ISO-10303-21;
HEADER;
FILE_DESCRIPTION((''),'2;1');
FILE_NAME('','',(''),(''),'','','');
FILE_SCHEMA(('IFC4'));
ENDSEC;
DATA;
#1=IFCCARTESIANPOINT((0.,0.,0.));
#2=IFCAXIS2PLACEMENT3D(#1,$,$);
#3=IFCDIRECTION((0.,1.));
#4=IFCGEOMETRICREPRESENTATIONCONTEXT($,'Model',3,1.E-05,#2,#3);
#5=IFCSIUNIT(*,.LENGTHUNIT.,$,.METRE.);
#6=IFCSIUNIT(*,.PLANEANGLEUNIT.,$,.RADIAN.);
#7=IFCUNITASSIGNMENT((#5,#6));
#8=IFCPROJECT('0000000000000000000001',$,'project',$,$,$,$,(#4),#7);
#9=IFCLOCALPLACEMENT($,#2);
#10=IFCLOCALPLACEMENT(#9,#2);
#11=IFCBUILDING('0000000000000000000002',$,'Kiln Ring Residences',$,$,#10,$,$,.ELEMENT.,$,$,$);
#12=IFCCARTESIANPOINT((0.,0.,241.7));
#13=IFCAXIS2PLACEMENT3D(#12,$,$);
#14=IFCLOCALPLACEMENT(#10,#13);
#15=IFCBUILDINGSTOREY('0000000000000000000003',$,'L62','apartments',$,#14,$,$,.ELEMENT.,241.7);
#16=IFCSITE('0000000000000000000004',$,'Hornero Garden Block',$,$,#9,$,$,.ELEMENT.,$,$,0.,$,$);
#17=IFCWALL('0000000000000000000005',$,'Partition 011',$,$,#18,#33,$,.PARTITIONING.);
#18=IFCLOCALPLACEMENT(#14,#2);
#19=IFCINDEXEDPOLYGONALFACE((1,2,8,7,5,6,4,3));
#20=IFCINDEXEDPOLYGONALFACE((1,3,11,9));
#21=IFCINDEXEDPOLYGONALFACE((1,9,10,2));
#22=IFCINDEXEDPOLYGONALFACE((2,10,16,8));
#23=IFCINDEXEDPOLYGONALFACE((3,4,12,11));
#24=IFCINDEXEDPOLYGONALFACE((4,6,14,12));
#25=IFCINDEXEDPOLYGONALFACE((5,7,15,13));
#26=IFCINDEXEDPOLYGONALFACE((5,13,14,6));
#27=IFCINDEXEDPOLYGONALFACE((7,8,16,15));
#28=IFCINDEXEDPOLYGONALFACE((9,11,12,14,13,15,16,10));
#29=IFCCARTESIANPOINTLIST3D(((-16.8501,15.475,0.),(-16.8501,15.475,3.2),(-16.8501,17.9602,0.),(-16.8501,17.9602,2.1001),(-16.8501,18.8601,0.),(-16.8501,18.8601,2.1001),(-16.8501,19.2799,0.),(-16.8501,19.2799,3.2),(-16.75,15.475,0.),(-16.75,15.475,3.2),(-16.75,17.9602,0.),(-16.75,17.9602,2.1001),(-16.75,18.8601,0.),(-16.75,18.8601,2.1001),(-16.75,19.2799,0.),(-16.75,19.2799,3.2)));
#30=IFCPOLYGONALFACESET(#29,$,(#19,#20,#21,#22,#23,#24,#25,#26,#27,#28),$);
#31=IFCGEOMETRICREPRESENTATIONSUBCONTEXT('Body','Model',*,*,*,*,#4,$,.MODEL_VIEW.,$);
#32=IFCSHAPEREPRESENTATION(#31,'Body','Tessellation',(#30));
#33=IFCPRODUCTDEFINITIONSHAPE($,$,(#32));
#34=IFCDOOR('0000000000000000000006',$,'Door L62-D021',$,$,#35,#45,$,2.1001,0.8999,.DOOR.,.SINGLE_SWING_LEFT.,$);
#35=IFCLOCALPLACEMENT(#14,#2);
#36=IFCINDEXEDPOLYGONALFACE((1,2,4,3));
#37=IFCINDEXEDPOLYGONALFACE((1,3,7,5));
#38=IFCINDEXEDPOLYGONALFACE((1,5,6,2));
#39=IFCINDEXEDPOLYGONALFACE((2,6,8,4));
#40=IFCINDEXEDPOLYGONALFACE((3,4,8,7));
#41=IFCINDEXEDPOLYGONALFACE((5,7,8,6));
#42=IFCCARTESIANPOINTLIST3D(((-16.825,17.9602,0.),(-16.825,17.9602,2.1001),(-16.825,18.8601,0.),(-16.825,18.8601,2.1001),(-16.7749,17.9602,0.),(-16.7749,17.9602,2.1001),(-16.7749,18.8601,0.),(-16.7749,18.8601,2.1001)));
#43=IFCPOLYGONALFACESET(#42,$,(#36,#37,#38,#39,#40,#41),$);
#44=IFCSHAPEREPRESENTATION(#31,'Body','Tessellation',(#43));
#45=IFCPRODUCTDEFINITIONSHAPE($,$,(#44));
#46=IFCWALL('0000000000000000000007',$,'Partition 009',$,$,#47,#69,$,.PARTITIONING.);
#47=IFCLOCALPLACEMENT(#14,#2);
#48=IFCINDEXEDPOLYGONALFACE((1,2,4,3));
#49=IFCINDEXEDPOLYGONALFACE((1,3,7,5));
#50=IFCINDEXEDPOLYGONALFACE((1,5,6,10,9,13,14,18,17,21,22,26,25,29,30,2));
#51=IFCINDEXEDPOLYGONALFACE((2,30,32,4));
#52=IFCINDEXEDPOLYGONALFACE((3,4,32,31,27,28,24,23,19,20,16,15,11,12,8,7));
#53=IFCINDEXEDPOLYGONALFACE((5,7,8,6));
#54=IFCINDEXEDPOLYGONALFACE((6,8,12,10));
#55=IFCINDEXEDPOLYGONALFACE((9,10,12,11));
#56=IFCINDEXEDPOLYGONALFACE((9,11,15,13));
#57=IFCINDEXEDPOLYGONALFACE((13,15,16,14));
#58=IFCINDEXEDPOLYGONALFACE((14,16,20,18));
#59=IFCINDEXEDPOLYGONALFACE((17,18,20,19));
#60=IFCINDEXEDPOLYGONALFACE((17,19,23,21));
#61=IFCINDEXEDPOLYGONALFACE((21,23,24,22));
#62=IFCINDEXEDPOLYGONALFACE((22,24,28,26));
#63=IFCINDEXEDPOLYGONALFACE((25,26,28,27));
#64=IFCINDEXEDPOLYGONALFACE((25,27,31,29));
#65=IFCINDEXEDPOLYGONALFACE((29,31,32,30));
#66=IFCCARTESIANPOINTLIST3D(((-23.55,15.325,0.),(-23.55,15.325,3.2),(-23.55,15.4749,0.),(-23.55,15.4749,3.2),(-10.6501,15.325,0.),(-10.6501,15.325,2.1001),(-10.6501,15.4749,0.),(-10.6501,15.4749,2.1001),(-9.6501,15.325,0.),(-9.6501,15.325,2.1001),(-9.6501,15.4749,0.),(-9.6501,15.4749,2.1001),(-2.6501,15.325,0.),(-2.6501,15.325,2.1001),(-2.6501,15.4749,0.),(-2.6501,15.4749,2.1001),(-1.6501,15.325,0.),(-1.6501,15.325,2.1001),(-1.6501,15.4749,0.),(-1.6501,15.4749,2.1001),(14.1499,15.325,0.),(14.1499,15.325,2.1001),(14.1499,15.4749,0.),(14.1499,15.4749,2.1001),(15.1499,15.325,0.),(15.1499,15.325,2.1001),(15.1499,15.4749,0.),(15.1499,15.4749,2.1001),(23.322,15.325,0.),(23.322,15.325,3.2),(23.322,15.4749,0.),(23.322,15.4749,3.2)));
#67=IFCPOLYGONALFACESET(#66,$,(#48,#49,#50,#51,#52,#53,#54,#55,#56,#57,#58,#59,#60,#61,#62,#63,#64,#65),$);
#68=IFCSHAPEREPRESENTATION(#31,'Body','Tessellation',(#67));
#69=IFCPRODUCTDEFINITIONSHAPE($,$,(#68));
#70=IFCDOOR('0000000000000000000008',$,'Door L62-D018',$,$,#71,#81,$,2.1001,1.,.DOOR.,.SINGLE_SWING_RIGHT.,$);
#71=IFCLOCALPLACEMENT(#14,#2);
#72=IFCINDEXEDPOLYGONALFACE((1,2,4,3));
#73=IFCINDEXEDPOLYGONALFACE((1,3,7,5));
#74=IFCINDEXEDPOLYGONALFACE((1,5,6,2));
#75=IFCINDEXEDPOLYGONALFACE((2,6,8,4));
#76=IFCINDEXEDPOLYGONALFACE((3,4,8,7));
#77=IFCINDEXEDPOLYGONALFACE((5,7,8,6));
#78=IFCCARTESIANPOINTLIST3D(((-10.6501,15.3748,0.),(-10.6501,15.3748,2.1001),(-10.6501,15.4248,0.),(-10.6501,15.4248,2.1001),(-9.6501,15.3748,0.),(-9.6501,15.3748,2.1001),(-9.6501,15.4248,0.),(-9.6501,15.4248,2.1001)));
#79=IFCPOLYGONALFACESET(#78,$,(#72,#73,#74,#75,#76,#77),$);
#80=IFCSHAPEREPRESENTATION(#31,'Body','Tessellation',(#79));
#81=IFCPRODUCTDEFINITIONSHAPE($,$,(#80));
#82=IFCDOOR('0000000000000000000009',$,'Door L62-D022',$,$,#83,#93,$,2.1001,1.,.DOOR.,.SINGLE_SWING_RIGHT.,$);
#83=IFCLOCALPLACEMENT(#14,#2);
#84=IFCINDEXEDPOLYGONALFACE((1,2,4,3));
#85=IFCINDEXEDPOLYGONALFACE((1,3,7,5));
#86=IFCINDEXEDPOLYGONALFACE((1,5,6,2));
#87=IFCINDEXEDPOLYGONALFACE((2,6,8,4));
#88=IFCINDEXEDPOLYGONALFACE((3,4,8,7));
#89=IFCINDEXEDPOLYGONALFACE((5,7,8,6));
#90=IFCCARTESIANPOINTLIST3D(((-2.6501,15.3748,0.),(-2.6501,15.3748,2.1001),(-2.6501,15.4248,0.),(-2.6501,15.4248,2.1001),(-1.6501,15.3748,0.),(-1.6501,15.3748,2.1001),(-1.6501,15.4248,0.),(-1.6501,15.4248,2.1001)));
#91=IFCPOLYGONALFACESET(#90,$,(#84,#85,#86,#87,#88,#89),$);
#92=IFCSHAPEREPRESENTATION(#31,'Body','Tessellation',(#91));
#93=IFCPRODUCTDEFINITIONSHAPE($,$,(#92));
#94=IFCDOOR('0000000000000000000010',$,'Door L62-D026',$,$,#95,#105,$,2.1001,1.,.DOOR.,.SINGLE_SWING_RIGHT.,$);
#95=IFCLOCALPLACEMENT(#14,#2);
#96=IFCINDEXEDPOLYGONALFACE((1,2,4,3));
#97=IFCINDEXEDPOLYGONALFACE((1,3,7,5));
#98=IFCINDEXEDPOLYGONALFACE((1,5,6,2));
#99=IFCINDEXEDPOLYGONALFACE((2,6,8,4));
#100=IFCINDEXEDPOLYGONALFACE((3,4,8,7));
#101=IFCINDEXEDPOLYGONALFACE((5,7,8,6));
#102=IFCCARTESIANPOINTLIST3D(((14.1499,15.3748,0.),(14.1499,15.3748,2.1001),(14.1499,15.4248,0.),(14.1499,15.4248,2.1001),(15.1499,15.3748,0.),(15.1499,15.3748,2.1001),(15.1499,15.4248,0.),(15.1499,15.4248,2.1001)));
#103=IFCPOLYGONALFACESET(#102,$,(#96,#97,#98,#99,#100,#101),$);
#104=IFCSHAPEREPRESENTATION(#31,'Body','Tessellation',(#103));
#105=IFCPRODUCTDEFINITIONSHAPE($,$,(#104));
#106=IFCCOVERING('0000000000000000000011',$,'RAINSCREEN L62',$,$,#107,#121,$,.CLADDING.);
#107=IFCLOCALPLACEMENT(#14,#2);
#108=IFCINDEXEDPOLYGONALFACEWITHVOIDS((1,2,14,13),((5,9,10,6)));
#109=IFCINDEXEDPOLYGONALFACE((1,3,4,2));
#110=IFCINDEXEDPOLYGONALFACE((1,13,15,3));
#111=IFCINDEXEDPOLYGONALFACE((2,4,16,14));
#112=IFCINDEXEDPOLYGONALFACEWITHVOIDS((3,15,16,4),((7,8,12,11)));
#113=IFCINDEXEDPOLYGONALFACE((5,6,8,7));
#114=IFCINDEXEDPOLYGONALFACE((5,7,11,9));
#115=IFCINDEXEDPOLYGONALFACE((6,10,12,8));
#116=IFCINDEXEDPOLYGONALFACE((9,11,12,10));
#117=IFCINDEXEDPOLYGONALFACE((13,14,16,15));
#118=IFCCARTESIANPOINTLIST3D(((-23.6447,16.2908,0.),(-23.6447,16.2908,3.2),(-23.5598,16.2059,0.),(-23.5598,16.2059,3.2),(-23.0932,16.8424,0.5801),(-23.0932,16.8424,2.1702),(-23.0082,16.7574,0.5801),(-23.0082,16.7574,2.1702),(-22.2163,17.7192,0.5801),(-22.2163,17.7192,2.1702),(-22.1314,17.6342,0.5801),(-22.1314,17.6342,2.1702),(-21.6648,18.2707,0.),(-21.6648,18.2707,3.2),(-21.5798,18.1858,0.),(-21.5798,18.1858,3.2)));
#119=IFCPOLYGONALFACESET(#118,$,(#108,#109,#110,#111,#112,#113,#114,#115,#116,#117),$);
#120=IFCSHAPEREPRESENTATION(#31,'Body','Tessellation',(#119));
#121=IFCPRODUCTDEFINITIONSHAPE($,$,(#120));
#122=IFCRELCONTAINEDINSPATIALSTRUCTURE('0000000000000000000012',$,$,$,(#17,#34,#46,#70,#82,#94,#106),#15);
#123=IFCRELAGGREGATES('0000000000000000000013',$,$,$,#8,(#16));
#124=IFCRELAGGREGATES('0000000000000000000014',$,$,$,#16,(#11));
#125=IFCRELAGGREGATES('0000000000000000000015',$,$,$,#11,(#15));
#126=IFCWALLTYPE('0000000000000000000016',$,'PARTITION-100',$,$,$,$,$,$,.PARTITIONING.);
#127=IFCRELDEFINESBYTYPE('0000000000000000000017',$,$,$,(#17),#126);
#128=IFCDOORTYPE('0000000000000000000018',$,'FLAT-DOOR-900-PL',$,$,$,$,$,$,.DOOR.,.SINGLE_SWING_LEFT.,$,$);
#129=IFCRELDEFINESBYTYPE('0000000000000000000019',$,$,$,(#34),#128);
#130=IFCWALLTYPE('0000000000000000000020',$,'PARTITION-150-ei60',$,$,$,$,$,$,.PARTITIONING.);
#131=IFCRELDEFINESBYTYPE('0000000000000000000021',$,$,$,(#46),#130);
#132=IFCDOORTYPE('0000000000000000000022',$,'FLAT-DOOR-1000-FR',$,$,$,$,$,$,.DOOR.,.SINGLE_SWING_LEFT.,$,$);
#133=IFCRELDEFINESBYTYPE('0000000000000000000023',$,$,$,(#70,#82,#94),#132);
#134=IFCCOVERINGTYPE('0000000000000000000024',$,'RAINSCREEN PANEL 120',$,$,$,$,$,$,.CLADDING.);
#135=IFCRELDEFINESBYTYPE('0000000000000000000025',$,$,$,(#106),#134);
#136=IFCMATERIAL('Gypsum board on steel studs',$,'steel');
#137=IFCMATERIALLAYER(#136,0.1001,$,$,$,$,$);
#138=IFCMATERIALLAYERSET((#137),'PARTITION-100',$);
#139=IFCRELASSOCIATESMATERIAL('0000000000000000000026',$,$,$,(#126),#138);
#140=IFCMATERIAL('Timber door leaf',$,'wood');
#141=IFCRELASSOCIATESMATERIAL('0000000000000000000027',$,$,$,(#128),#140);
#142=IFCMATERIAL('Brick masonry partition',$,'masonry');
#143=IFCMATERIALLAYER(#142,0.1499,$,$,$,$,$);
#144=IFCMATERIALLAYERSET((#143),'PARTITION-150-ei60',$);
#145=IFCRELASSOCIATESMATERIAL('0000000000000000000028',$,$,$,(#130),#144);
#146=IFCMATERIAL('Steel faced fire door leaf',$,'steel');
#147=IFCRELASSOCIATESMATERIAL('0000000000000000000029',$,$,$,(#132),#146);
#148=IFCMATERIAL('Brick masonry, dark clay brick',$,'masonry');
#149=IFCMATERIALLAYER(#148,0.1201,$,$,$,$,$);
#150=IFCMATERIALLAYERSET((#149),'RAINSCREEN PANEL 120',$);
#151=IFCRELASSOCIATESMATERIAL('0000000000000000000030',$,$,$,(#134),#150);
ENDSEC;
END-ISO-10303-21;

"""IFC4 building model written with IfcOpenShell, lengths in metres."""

from ifc_helpers import new_model, si_unit, direction, frame, frame_2d, origin, place, context, subcontext, project, spatial, polyline, rectangle, outline, extrude, material, layer, layer_set, type_object, element, fill, save


model = new_model("IFC4")

# Units and contexts
model_context = context("Model", 3, precision=1e-05, world=origin(), true_north=direction((0.0, 1.0)))
body_context = subcontext(model_context, "Body", "Model", "MODEL_VIEW")
ifc_project = project(units=[si_unit("LENGTHUNIT", "METRE"), si_unit("PLANEANGLEUNIT", "RADIAN")], contexts=[model_context])

# Site, building, storey
site_placement = place(None, origin())
site = spatial("IfcSite", under=ifc_project, at=site_placement, Name="Hornero Garden Block", CompositionType="ELEMENT", RefElevation=0.0)
building_placement = place(site_placement, origin())
building = spatial("IfcBuilding", under=site, at=building_placement, Name="Kiln Ring Residences", CompositionType="ELEMENT")
storey_placement = place(building_placement, frame((0.0, 0.0, 241.7)))
storey = spatial("IfcBuildingStorey", under=building, at=storey_placement, Name="L62", Description="apartments", CompositionType="ELEMENT", Elevation=241.7)

# Wall, opening, door
ifc_material_1 = material(Name="Gypsum board on steel studs", Category="steel")
ifc_layer_1 = layer(ifc_material_1, 0.1001)
ifc_layer_set_1 = layer_set([ifc_layer_1], Name="PARTITION-100")
wall_type_1 = type_object("IfcWallType", Name="PARTITION-100", PredefinedType="PARTITIONING", material=ifc_layer_set_1)
wall_1_placement = place(storey_placement, frame((-16.8, 15.4751, 0.0), z_axis=(0.0, 0.0, 1.0), x_axis=(0.0, 1.0, 0.0)))
wall_1 = element("IfcWall", 1, at=wall_1_placement, inside=storey, type_object=wall_type_1, Name="Partition 011", PredefinedType="PARTITIONING", context=body_context, shape_type="SweptSolid", body=[
    extrude(rectangle(XDim=3.8049, YDim=0.1001, at=frame_2d((1.9023, 0.0))), origin(), (0.0, 0.0, 1.0), 3.2),
])
opening_1_placement = place(wall_1_placement, frame((2.4851, 0.0, 0.0)))
opening_1 = element("IfcOpeningElement", 2, at=opening_1_placement, cuts=wall_1, PredefinedType="OPENING", context=body_context, shape_type="SweptSolid", body=[
    extrude(rectangle(XDim=0.8999, YDim=2.1001, at=frame_2d((0.45, 1.05))), frame((0.0, 0.0601, 0.0), z_axis=(0.0, -1.0, 0.0), x_axis=(1.0, 0.0, 0.0)), (0.0, 0.0, 1.0), 0.1201),
])
ifc_material_2 = material(Name="Timber door leaf", Category="wood")
door_type_1 = type_object("IfcDoorType", Name="FLAT-DOOR-900-PL", OperationType="SINGLE_SWING_LEFT", PredefinedType="DOOR", material=ifc_material_2)
door_1_placement = place(opening_1_placement, origin())
door_1 = element("IfcDoor", 3, at=door_1_placement, inside=storey, type_object=door_type_1, Name="Door L62-D021", OperationType="SINGLE_SWING_LEFT", OverallHeight=2.1001, OverallWidth=0.8999, PredefinedType="DOOR", context=body_context, shape_type="SweptSolid", body=[
    extrude(rectangle(XDim=0.8999, YDim=2.1001, at=frame_2d((0.45, 1.05))), frame((0.0, 0.0249, 0.0), z_axis=(0.0, -1.0, 0.0), x_axis=(1.0, 0.0, 0.0)), (0.0, 0.0, 1.0), 0.05),
])
fill(opening_1, door_1)

# Wall, openings, doors
ifc_material_3 = material(Name="Brick masonry partition", Category="masonry")
ifc_layer_2 = layer(ifc_material_3, 0.1499)
ifc_layer_set_2 = layer_set([ifc_layer_2], Name="PARTITION-150-ei60")
wall_type_2 = type_object("IfcWallType", Name="PARTITION-150-ei60", PredefinedType="PARTITIONING", material=ifc_layer_set_2)
wall_2_placement = place(storey_placement, frame((-23.55, 15.3999, 0.0), z_axis=(0.0, 0.0, 1.0), x_axis=(1.0, 0.0, 0.0)))
wall_2 = element("IfcWall", 4, at=wall_2_placement, inside=storey, type_object=wall_type_2, Name="Partition 009", PredefinedType="PARTITIONING", context=body_context, shape_type="SweptSolid", body=[
    extrude(rectangle(XDim=46.8721, YDim=0.1499, at=frame_2d((23.436, 0.0))), origin(), (0.0, 0.0, 1.0), 3.2),
])
opening_2_placement = place(wall_2_placement, frame((12.8999, 0.0, 0.0)))
opening_2 = element("IfcOpeningElement", 5, at=opening_2_placement, cuts=wall_2, PredefinedType="OPENING", context=body_context, shape_type="SweptSolid", body=[
    extrude(rectangle(XDim=1.0, YDim=2.1001, at=frame_2d((0.5, 1.05))), frame((0.0, 0.085, 0.0), z_axis=(0.0, -1.0, 0.0), x_axis=(1.0, 0.0, 0.0)), (0.0, 0.0, 1.0), 0.1699),
])
opening_3_placement = place(wall_2_placement, frame((20.8999, 0.0, 0.0)))
opening_3 = element("IfcOpeningElement", 6, at=opening_3_placement, cuts=wall_2, PredefinedType="OPENING", context=body_context, shape_type="SweptSolid", body=[
    extrude(rectangle(XDim=1.0, YDim=2.1001, at=frame_2d((0.5, 1.05))), frame((0.0, 0.085, 0.0), z_axis=(0.0, -1.0, 0.0), x_axis=(1.0, 0.0, 0.0)), (0.0, 0.0, 1.0), 0.1699),
])
opening_4_placement = place(wall_2_placement, frame((37.7, 0.0, 0.0)))
opening_4 = element("IfcOpeningElement", 7, at=opening_4_placement, cuts=wall_2, PredefinedType="OPENING", context=body_context, shape_type="SweptSolid", body=[
    extrude(rectangle(XDim=1.0, YDim=2.1001, at=frame_2d((0.5, 1.05))), frame((0.0, 0.085, 0.0), z_axis=(0.0, -1.0, 0.0), x_axis=(1.0, 0.0, 0.0)), (0.0, 0.0, 1.0), 0.1699),
])
ifc_material_4 = material(Name="Steel faced fire door leaf", Category="steel")
door_type_2 = type_object("IfcDoorType", Name="FLAT-DOOR-1000-FR", OperationType="SINGLE_SWING_LEFT", PredefinedType="DOOR", material=ifc_material_4)
door_2_placement = place(opening_2_placement, origin())
door_2 = element("IfcDoor", 8, at=door_2_placement, inside=storey, type_object=door_type_2, Name="Door L62-D018", OperationType="SINGLE_SWING_RIGHT", OverallHeight=2.1001, OverallWidth=1.0, PredefinedType="DOOR", context=body_context, shape_type="SweptSolid", body=[
    extrude(rectangle(XDim=1.0, YDim=2.1001, at=frame_2d((0.5, 1.05))), frame((0.0, 0.0249, 0.0), z_axis=(0.0, -1.0, 0.0), x_axis=(1.0, 0.0, 0.0)), (0.0, 0.0, 1.0), 0.05),
])
fill(opening_2, door_2)
door_3_placement = place(opening_3_placement, origin())
door_3 = element("IfcDoor", 9, at=door_3_placement, inside=storey, type_object=door_type_2, Name="Door L62-D022", OperationType="SINGLE_SWING_RIGHT", OverallHeight=2.1001, OverallWidth=1.0, PredefinedType="DOOR", context=body_context, shape_type="SweptSolid", body=[
    extrude(rectangle(XDim=1.0, YDim=2.1001, at=frame_2d((0.5, 1.05))), frame((0.0, 0.0249, 0.0), z_axis=(0.0, -1.0, 0.0), x_axis=(1.0, 0.0, 0.0)), (0.0, 0.0, 1.0), 0.05),
])
fill(opening_3, door_3)
door_4_placement = place(opening_4_placement, origin())
door_4 = element("IfcDoor", 10, at=door_4_placement, inside=storey, type_object=door_type_2, Name="Door L62-D026", OperationType="SINGLE_SWING_RIGHT", OverallHeight=2.1001, OverallWidth=1.0, PredefinedType="DOOR", context=body_context, shape_type="SweptSolid", body=[
    extrude(rectangle(XDim=1.0, YDim=2.1001, at=frame_2d((0.5, 1.05))), frame((0.0, 0.0249, 0.0), z_axis=(0.0, -1.0, 0.0), x_axis=(1.0, 0.0, 0.0)), (0.0, 0.0, 1.0), 0.05),
])
fill(opening_4, door_4)

# Covering
ifc_material_5 = material(Name="Brick masonry, dark clay brick", Category="masonry")
ifc_layer_3 = layer(ifc_material_5, 0.1201)
ifc_layer_set_3 = layer_set([ifc_layer_3], Name="RAINSCREEN PANEL 120")
covering_type = type_object("IfcCoveringType", Name="RAINSCREEN PANEL 120", PredefinedType="CLADDING", material=ifc_layer_set_3)
covering_placement = place(storey_placement, frame((-21.6223, 18.2283, 0.0), z_axis=(0.0, 0.0, 1.0), x_axis=(-0.707107, -0.707107, 0.0)))
element("IfcCovering", 11, at=covering_placement, inside=storey, type_object=covering_type, Name="RAINSCREEN L62", PredefinedType="CLADDING", context=body_context, shape_type="SweptSolid", body=[
    extrude(outline(polyline([(0.0, 0.0), (2.8, 0.0), (2.8, 3.2), (0.0, 3.2), (0.0, 0.0)]), holes=[polyline([(0.78, 2.1702), (0.78, 0.5801), (2.02, 0.5801), (2.02, 2.1702), (0.78, 2.1702)])]), frame((0.0, 0.0601, 0.0), z_axis=(0.0, -1.0, 0.0), x_axis=(1.0, 0.0, 0.0)), (0.0, 0.0, 1.0), 0.1201),
])

save(model, "model.ifc")
